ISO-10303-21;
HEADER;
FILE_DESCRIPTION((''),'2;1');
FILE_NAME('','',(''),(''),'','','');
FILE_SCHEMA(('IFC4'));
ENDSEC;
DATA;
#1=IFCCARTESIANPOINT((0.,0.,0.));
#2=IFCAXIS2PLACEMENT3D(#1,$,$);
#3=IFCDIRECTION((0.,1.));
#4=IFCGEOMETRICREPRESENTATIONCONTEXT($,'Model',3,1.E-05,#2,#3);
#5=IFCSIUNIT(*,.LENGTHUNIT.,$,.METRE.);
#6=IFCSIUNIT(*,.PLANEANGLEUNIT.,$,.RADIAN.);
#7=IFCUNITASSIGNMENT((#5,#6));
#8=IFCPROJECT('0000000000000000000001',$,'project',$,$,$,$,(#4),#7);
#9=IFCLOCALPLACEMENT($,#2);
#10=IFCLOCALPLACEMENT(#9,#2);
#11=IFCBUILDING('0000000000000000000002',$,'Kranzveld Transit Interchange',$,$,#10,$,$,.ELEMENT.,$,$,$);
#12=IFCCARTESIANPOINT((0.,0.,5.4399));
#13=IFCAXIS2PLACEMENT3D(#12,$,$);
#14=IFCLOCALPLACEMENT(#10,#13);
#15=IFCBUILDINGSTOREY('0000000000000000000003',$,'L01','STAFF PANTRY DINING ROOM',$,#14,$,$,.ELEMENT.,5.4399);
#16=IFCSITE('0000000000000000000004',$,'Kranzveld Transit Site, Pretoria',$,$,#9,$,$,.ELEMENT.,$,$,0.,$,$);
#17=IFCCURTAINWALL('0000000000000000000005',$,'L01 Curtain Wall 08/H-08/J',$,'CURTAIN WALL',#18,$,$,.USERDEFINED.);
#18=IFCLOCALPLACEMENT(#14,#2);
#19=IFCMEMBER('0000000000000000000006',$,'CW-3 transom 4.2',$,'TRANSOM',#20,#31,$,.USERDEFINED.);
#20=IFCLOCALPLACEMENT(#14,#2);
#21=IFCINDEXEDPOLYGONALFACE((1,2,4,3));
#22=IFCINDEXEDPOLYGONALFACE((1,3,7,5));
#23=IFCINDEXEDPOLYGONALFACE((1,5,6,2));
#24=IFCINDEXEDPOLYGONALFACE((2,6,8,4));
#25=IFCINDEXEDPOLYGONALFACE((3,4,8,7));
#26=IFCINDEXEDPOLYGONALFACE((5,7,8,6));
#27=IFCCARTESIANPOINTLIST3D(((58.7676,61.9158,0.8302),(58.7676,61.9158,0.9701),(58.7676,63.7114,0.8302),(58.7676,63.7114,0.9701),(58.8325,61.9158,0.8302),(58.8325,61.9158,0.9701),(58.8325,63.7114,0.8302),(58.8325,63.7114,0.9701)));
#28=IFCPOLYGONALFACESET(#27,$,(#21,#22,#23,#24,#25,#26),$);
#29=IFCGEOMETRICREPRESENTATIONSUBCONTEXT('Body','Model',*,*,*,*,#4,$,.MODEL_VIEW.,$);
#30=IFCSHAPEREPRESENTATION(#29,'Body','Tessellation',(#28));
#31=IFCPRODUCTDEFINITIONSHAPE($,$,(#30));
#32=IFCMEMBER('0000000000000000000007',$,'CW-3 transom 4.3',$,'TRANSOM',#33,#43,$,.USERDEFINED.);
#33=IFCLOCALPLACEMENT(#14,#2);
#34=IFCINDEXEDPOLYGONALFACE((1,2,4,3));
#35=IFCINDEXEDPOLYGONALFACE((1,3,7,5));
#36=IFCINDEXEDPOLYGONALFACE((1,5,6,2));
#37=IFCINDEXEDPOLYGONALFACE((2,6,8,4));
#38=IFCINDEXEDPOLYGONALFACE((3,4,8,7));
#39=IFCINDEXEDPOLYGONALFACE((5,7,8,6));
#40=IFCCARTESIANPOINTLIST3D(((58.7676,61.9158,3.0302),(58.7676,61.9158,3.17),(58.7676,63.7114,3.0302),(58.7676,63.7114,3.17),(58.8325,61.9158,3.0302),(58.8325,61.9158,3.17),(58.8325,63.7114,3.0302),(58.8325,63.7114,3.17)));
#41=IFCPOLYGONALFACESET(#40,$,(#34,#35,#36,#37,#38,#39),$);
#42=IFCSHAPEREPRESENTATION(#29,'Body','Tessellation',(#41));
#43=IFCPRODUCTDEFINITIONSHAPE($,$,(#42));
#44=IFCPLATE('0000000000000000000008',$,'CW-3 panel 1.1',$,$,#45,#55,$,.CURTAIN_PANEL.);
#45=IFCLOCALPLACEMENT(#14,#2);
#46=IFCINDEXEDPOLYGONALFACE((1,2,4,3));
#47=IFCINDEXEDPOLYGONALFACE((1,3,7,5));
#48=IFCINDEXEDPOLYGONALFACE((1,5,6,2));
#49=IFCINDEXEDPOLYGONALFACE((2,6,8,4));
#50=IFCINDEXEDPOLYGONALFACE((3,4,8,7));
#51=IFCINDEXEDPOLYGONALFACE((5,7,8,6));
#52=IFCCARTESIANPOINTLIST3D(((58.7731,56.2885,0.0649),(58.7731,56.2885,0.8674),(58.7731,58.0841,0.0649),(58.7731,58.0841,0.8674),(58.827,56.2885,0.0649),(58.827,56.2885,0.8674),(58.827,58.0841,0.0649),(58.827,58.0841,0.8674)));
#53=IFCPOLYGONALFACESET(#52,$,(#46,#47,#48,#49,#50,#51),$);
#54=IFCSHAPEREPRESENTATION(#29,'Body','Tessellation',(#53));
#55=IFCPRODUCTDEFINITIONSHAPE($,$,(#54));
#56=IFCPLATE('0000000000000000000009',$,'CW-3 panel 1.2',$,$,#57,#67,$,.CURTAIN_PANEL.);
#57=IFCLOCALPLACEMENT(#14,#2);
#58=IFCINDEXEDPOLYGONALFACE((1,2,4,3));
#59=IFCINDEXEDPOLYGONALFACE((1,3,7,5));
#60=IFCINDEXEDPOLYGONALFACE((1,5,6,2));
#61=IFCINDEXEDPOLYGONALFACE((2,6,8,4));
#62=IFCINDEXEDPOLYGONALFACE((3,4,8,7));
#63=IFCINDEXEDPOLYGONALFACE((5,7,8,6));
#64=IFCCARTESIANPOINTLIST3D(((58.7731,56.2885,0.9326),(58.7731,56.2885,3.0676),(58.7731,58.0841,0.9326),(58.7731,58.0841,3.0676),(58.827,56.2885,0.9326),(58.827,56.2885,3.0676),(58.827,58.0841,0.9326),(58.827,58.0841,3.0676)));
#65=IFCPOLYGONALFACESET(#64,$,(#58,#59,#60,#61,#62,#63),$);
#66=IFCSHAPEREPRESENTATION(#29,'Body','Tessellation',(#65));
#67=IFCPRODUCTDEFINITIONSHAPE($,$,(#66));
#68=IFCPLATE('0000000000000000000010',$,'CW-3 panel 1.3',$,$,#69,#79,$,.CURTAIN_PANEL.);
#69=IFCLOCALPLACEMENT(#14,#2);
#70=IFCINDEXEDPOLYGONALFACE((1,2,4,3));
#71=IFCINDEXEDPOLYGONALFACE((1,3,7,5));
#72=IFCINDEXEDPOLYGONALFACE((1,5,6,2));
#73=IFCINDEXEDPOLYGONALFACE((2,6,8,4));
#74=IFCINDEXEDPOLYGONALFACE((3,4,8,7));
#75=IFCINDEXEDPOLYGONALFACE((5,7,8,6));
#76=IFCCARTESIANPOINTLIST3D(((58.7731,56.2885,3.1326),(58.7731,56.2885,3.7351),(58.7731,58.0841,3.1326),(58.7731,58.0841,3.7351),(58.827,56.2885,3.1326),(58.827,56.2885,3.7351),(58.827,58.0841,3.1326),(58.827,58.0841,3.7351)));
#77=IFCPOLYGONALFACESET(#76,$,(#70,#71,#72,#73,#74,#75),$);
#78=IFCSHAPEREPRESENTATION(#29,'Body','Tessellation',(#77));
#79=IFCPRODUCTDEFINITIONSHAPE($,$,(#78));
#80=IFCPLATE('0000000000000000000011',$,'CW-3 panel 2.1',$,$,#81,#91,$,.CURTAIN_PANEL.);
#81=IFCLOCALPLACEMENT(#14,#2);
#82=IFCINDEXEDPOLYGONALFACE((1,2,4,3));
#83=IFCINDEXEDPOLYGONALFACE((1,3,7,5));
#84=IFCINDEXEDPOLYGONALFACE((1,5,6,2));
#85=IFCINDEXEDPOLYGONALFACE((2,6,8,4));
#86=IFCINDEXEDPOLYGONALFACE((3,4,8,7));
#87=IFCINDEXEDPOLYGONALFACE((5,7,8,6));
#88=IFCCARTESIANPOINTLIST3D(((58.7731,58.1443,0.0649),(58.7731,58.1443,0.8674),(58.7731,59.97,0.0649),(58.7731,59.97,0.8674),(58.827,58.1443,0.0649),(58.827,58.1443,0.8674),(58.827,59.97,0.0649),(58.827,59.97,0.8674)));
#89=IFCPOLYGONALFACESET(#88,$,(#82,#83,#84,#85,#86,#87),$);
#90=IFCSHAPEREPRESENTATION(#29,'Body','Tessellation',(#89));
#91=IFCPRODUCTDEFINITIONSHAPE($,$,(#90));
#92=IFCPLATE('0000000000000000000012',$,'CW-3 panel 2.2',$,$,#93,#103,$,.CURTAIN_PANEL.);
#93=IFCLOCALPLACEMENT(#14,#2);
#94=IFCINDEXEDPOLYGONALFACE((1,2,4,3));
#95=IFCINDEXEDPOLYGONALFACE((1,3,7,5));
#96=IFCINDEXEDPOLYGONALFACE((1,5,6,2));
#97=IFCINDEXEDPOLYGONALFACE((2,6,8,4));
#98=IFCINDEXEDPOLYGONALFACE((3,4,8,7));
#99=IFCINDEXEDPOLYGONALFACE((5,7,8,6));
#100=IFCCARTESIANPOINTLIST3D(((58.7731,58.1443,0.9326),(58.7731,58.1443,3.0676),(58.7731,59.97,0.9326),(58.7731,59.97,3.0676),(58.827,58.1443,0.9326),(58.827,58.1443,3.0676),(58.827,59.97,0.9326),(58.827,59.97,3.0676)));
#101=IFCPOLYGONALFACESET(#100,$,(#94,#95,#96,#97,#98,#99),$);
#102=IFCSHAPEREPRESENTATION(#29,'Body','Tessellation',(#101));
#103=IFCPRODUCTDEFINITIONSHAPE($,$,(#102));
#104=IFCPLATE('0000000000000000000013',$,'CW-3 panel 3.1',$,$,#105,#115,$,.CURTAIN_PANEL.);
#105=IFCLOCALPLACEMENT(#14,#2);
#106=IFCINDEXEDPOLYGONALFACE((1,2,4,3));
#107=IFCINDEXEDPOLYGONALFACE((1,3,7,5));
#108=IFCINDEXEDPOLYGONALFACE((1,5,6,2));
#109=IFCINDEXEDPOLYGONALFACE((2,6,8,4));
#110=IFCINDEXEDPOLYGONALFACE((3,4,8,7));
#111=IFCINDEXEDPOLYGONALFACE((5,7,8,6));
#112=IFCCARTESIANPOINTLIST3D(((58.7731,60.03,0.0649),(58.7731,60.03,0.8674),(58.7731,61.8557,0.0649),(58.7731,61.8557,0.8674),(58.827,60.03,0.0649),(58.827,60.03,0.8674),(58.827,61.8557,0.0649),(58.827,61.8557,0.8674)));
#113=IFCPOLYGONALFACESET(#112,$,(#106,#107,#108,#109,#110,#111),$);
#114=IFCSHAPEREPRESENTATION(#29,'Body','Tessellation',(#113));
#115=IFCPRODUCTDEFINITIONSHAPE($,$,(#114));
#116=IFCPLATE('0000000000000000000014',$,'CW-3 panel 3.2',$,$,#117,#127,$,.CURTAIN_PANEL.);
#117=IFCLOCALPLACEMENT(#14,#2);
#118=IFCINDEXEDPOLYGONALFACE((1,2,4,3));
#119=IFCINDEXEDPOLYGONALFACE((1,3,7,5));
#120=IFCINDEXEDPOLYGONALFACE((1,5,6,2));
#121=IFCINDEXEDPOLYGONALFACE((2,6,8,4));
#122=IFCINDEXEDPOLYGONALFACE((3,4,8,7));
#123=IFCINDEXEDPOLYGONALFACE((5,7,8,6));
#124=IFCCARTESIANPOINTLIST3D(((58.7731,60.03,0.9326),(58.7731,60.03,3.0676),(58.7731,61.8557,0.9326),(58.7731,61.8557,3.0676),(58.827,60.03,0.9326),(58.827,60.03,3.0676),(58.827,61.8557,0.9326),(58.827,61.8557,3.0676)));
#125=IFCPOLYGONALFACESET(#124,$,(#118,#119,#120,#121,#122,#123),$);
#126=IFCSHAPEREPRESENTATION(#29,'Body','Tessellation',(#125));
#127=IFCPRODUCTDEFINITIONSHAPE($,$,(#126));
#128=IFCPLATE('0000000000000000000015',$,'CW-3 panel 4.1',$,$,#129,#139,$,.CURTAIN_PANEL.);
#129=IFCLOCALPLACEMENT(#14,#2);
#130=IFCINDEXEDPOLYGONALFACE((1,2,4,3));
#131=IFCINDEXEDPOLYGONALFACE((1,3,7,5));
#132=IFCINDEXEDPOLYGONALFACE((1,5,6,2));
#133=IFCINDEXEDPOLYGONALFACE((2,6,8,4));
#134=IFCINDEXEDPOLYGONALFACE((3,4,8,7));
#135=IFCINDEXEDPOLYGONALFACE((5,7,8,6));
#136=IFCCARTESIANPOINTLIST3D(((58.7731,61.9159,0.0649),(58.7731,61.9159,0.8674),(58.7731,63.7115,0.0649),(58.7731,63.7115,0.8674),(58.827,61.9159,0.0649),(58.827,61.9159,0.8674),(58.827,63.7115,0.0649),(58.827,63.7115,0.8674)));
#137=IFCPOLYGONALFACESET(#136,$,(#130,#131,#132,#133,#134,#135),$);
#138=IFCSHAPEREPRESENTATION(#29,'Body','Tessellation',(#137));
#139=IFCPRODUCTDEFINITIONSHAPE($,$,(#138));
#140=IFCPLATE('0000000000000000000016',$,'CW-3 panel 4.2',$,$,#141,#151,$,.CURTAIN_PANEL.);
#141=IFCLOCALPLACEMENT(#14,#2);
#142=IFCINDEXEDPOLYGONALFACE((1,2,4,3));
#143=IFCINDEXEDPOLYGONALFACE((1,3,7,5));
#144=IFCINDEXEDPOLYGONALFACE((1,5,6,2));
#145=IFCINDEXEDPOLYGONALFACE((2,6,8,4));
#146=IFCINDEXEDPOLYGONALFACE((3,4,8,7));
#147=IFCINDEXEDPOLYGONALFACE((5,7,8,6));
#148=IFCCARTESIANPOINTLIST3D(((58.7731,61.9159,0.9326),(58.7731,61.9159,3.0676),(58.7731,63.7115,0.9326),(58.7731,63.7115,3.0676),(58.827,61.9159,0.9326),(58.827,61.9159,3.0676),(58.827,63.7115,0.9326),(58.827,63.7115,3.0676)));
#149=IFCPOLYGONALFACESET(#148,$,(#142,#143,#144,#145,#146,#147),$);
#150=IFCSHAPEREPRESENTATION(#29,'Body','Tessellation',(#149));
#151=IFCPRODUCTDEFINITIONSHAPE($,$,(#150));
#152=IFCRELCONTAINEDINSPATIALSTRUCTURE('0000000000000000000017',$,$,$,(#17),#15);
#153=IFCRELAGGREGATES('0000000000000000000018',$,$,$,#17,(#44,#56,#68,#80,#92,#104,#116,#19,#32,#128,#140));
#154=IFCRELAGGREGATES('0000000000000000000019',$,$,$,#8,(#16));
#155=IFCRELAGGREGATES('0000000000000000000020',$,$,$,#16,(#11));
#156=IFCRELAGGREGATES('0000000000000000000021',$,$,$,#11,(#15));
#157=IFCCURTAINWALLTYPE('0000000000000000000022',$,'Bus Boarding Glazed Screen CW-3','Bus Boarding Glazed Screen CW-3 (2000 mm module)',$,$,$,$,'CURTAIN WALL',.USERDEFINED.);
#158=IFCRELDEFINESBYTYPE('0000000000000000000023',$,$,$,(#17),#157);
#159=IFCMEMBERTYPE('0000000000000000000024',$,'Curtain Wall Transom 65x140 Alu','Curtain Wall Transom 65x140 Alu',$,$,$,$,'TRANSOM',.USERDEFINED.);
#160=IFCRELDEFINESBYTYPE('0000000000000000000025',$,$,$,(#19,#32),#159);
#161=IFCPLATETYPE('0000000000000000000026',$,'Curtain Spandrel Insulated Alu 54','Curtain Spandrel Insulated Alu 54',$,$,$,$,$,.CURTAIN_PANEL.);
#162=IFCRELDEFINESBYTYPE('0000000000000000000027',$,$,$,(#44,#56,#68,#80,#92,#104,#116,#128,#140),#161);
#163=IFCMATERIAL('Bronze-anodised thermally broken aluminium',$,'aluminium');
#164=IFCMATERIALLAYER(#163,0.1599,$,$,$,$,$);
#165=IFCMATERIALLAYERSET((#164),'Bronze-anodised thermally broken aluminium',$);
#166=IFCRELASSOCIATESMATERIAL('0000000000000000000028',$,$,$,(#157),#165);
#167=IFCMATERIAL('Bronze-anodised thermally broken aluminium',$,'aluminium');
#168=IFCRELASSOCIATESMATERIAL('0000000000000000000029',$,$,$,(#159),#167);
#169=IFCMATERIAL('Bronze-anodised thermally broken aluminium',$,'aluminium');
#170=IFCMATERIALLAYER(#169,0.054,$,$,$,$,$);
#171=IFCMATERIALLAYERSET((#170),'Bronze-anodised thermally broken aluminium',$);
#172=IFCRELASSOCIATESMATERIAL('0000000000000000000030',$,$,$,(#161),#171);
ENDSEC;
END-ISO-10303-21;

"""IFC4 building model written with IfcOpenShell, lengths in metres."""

from ifc_helpers import new_model, si_unit, direction, frame, origin, origin_2d, place, context, subcontext, project, spatial, rectangle, extrude, material, layer, layer_set, material_profile, profile_set, type_object, element, aggregate, save


model = new_model("IFC4")

# Units and contexts
model_context = context("Model", 3, precision=1e-05, world=origin(), true_north=direction((0.0, 1.0)))
body_context = subcontext(model_context, "Body", "Model", "MODEL_VIEW")
ifc_project = project(units=[si_unit("LENGTHUNIT", "METRE"), si_unit("PLANEANGLEUNIT", "RADIAN")], contexts=[model_context])

# Site, building, storey
site_placement = place(None, origin())
site = spatial("IfcSite", under=ifc_project, at=site_placement, Name="Kranzveld Transit Site, Pretoria", CompositionType="ELEMENT", RefElevation=0.0)
building_placement = place(site_placement, origin())
building = spatial("IfcBuilding", under=site, at=building_placement, Name="Kranzveld Transit Interchange", CompositionType="ELEMENT")
storey_placement = place(building_placement, frame((0.0, 0.0, 5.4399)))
storey = spatial("IfcBuildingStorey", under=building, at=storey_placement, Name="L01", Description="STAFF PANTRY DINING ROOM", CompositionType="ELEMENT", Elevation=5.4399)

# Curtain wall, members, plates
ifc_material_1 = material(Name="Bronze-anodised thermally broken aluminium", Category="aluminium")
ifc_layer_1 = layer(ifc_material_1, 0.1599)
ifc_layer_set_1 = layer_set([ifc_layer_1], Name="Bronze-anodised thermally broken aluminium")
curtain_wall_type = type_object("IfcCurtainWallType", Name="Bus Boarding Glazed Screen CW-3", Description="Bus Boarding Glazed Screen CW-3 (2000 mm module)", ElementType="CURTAIN WALL", PredefinedType="USERDEFINED", material=ifc_layer_set_1)
curtain_wall_placement = place(storey_placement, origin())
curtain_wall = element("IfcCurtainWall", 1, at=curtain_wall_placement, inside=storey, type_object=curtain_wall_type, Name="L01 Curtain Wall 08/H-08/J", ObjectType="CURTAIN WALL", PredefinedType="USERDEFINED")
ifc_material_2 = material(Name="Bronze-anodised thermally broken aluminium", Category="aluminium")
ifc_material_profile_1 = material_profile(ifc_material_2, rectangle(XDim=0.0649, YDim=0.1399, at=origin_2d()), Name="ALU TRANSOM 65x140")
ifc_profile_set_1 = profile_set([ifc_material_profile_1], Name="Bronze-anodised thermally broken aluminium")
member_type_1 = type_object("IfcMemberType", Name="Curtain Wall Transom 65x140 Alu", Description="Curtain Wall Transom 65x140 Alu", ElementType="TRANSOM", PredefinedType="USERDEFINED", material=ifc_profile_set_1)
member_1_placement = place(storey_placement, frame((58.8, 61.9158, 0.9001), z_axis=(0.0, 1.0, 0.0), x_axis=(-1.0, 0.0, 0.0)))
member_1 = element("IfcMember", 2, at=member_1_placement, type_object=member_type_1, Name="CW-3 transom 4.2", ObjectType="TRANSOM", PredefinedType="USERDEFINED", context=body_context, shape_type="SweptSolid", body=[
    extrude(rectangle(XDim=0.0649, YDim=0.1399, at=origin_2d()), origin(), (0.0, 0.0, 1.0), 1.7957),
])
member_2_placement = place(storey_placement, frame((58.8, 61.9158, 3.1001), z_axis=(0.0, 1.0, 0.0), x_axis=(-1.0, 0.0, 0.0)))
member_2 = element("IfcMember", 3, at=member_2_placement, type_object=member_type_1, Name="CW-3 transom 4.3", ObjectType="TRANSOM", PredefinedType="USERDEFINED", context=body_context, shape_type="SweptSolid", body=[
    extrude(rectangle(XDim=0.0649, YDim=0.1399, at=origin_2d()), origin(), (0.0, 0.0, 1.0), 1.7957),
])
ifc_material_3 = material(Name="Bronze-anodised thermally broken aluminium", Category="aluminium")
ifc_layer_2 = layer(ifc_material_3, 0.054)
ifc_layer_set_2 = layer_set([ifc_layer_2], Name="Bronze-anodised thermally broken aluminium")
plate_type = type_object("IfcPlateType", Name="Curtain Spandrel Insulated Alu 54", Description="Curtain Spandrel Insulated Alu 54", PredefinedType="CURTAIN_PANEL", material=ifc_layer_set_2)
plate_1_placement = place(storey_placement, frame((58.8, 57.1863, 0.0649), z_axis=(0.0, 0.0, 1.0), x_axis=(0.0, 1.0, 0.0)))
plate_1 = element("IfcPlate", 4, at=plate_1_placement, type_object=plate_type, Name="CW-3 panel 1.1", PredefinedType="CURTAIN_PANEL", context=body_context, shape_type="SweptSolid", body=[
    extrude(rectangle(XDim=1.7957, YDim=0.054, at=origin_2d()), origin(), (0.0, 0.0, 1.0), 0.8025),
])
plate_2_placement = place(storey_placement, frame((58.8, 57.1863, 0.9326), z_axis=(0.0, 0.0, 1.0), x_axis=(0.0, 1.0, 0.0)))
plate_2 = element("IfcPlate", 5, at=plate_2_placement, type_object=plate_type, Name="CW-3 panel 1.2", PredefinedType="CURTAIN_PANEL", context=body_context, shape_type="SweptSolid", body=[
    extrude(rectangle(XDim=1.7957, YDim=0.054, at=origin_2d()), origin(), (0.0, 0.0, 1.0), 2.135),
])
plate_3_placement = place(storey_placement, frame((58.8, 57.1863, 3.1326), z_axis=(0.0, 0.0, 1.0), x_axis=(0.0, 1.0, 0.0)))
plate_3 = element("IfcPlate", 6, at=plate_3_placement, type_object=plate_type, Name="CW-3 panel 1.3", PredefinedType="CURTAIN_PANEL", context=body_context, shape_type="SweptSolid", body=[
    extrude(rectangle(XDim=1.7957, YDim=0.054, at=origin_2d()), origin(), (0.0, 0.0, 1.0), 0.6025),
])
plate_4_placement = place(storey_placement, frame((58.8, 59.0571, 0.0649), z_axis=(0.0, 0.0, 1.0), x_axis=(0.0, 1.0, 0.0)))
plate_4 = element("IfcPlate", 7, at=plate_4_placement, type_object=plate_type, Name="CW-3 panel 2.1", PredefinedType="CURTAIN_PANEL", context=body_context, shape_type="SweptSolid", body=[
    extrude(rectangle(XDim=1.8257, YDim=0.054, at=origin_2d()), origin(), (0.0, 0.0, 1.0), 0.8025),
])
plate_5_placement = place(storey_placement, frame((58.8, 59.0571, 0.9326), z_axis=(0.0, 0.0, 1.0), x_axis=(0.0, 1.0, 0.0)))
plate_5 = element("IfcPlate", 8, at=plate_5_placement, type_object=plate_type, Name="CW-3 panel 2.2", PredefinedType="CURTAIN_PANEL", context=body_context, shape_type="SweptSolid", body=[
    extrude(rectangle(XDim=1.8257, YDim=0.054, at=origin_2d()), origin(), (0.0, 0.0, 1.0), 2.135),
])
plate_6_placement = place(storey_placement, frame((58.8, 60.9429, 0.0649), z_axis=(0.0, 0.0, 1.0), x_axis=(0.0, 1.0, 0.0)))
plate_6 = element("IfcPlate", 9, at=plate_6_placement, type_object=plate_type, Name="CW-3 panel 3.1", PredefinedType="CURTAIN_PANEL", context=body_context, shape_type="SweptSolid", body=[
    extrude(rectangle(XDim=1.8257, YDim=0.054, at=origin_2d()), origin(), (0.0, 0.0, 1.0), 0.8025),
])
plate_7_placement = place(storey_placement, frame((58.8, 60.9429, 0.9326), z_axis=(0.0, 0.0, 1.0), x_axis=(0.0, 1.0, 0.0)))
plate_7 = element("IfcPlate", 10, at=plate_7_placement, type_object=plate_type, Name="CW-3 panel 3.2", PredefinedType="CURTAIN_PANEL", context=body_context, shape_type="SweptSolid", body=[
    extrude(rectangle(XDim=1.8257, YDim=0.054, at=origin_2d()), origin(), (0.0, 0.0, 1.0), 2.135),
])
plate_8_placement = place(storey_placement, frame((58.8, 62.8137, 0.0649), z_axis=(0.0, 0.0, 1.0), x_axis=(0.0, 1.0, 0.0)))
plate_8 = element("IfcPlate", 11, at=plate_8_placement, type_object=plate_type, Name="CW-3 panel 4.1", PredefinedType="CURTAIN_PANEL", context=body_context, shape_type="SweptSolid", body=[
    extrude(rectangle(XDim=1.7957, YDim=0.054, at=origin_2d()), origin(), (0.0, 0.0, 1.0), 0.8025),
])
plate_9_placement = place(storey_placement, frame((58.8, 62.8137, 0.9326), z_axis=(0.0, 0.0, 1.0), x_axis=(0.0, 1.0, 0.0)))
plate_9 = element("IfcPlate", 12, at=plate_9_placement, type_object=plate_type, Name="CW-3 panel 4.2", PredefinedType="CURTAIN_PANEL", context=body_context, shape_type="SweptSolid", body=[
    extrude(rectangle(XDim=1.7957, YDim=0.054, at=origin_2d()), origin(), (0.0, 0.0, 1.0), 2.135),
])
aggregate(curtain_wall, [plate_1, plate_2, plate_3, plate_4, plate_5, plate_6, plate_7, member_1, member_2, plate_8, plate_9])

save(model, "model.ifc")
